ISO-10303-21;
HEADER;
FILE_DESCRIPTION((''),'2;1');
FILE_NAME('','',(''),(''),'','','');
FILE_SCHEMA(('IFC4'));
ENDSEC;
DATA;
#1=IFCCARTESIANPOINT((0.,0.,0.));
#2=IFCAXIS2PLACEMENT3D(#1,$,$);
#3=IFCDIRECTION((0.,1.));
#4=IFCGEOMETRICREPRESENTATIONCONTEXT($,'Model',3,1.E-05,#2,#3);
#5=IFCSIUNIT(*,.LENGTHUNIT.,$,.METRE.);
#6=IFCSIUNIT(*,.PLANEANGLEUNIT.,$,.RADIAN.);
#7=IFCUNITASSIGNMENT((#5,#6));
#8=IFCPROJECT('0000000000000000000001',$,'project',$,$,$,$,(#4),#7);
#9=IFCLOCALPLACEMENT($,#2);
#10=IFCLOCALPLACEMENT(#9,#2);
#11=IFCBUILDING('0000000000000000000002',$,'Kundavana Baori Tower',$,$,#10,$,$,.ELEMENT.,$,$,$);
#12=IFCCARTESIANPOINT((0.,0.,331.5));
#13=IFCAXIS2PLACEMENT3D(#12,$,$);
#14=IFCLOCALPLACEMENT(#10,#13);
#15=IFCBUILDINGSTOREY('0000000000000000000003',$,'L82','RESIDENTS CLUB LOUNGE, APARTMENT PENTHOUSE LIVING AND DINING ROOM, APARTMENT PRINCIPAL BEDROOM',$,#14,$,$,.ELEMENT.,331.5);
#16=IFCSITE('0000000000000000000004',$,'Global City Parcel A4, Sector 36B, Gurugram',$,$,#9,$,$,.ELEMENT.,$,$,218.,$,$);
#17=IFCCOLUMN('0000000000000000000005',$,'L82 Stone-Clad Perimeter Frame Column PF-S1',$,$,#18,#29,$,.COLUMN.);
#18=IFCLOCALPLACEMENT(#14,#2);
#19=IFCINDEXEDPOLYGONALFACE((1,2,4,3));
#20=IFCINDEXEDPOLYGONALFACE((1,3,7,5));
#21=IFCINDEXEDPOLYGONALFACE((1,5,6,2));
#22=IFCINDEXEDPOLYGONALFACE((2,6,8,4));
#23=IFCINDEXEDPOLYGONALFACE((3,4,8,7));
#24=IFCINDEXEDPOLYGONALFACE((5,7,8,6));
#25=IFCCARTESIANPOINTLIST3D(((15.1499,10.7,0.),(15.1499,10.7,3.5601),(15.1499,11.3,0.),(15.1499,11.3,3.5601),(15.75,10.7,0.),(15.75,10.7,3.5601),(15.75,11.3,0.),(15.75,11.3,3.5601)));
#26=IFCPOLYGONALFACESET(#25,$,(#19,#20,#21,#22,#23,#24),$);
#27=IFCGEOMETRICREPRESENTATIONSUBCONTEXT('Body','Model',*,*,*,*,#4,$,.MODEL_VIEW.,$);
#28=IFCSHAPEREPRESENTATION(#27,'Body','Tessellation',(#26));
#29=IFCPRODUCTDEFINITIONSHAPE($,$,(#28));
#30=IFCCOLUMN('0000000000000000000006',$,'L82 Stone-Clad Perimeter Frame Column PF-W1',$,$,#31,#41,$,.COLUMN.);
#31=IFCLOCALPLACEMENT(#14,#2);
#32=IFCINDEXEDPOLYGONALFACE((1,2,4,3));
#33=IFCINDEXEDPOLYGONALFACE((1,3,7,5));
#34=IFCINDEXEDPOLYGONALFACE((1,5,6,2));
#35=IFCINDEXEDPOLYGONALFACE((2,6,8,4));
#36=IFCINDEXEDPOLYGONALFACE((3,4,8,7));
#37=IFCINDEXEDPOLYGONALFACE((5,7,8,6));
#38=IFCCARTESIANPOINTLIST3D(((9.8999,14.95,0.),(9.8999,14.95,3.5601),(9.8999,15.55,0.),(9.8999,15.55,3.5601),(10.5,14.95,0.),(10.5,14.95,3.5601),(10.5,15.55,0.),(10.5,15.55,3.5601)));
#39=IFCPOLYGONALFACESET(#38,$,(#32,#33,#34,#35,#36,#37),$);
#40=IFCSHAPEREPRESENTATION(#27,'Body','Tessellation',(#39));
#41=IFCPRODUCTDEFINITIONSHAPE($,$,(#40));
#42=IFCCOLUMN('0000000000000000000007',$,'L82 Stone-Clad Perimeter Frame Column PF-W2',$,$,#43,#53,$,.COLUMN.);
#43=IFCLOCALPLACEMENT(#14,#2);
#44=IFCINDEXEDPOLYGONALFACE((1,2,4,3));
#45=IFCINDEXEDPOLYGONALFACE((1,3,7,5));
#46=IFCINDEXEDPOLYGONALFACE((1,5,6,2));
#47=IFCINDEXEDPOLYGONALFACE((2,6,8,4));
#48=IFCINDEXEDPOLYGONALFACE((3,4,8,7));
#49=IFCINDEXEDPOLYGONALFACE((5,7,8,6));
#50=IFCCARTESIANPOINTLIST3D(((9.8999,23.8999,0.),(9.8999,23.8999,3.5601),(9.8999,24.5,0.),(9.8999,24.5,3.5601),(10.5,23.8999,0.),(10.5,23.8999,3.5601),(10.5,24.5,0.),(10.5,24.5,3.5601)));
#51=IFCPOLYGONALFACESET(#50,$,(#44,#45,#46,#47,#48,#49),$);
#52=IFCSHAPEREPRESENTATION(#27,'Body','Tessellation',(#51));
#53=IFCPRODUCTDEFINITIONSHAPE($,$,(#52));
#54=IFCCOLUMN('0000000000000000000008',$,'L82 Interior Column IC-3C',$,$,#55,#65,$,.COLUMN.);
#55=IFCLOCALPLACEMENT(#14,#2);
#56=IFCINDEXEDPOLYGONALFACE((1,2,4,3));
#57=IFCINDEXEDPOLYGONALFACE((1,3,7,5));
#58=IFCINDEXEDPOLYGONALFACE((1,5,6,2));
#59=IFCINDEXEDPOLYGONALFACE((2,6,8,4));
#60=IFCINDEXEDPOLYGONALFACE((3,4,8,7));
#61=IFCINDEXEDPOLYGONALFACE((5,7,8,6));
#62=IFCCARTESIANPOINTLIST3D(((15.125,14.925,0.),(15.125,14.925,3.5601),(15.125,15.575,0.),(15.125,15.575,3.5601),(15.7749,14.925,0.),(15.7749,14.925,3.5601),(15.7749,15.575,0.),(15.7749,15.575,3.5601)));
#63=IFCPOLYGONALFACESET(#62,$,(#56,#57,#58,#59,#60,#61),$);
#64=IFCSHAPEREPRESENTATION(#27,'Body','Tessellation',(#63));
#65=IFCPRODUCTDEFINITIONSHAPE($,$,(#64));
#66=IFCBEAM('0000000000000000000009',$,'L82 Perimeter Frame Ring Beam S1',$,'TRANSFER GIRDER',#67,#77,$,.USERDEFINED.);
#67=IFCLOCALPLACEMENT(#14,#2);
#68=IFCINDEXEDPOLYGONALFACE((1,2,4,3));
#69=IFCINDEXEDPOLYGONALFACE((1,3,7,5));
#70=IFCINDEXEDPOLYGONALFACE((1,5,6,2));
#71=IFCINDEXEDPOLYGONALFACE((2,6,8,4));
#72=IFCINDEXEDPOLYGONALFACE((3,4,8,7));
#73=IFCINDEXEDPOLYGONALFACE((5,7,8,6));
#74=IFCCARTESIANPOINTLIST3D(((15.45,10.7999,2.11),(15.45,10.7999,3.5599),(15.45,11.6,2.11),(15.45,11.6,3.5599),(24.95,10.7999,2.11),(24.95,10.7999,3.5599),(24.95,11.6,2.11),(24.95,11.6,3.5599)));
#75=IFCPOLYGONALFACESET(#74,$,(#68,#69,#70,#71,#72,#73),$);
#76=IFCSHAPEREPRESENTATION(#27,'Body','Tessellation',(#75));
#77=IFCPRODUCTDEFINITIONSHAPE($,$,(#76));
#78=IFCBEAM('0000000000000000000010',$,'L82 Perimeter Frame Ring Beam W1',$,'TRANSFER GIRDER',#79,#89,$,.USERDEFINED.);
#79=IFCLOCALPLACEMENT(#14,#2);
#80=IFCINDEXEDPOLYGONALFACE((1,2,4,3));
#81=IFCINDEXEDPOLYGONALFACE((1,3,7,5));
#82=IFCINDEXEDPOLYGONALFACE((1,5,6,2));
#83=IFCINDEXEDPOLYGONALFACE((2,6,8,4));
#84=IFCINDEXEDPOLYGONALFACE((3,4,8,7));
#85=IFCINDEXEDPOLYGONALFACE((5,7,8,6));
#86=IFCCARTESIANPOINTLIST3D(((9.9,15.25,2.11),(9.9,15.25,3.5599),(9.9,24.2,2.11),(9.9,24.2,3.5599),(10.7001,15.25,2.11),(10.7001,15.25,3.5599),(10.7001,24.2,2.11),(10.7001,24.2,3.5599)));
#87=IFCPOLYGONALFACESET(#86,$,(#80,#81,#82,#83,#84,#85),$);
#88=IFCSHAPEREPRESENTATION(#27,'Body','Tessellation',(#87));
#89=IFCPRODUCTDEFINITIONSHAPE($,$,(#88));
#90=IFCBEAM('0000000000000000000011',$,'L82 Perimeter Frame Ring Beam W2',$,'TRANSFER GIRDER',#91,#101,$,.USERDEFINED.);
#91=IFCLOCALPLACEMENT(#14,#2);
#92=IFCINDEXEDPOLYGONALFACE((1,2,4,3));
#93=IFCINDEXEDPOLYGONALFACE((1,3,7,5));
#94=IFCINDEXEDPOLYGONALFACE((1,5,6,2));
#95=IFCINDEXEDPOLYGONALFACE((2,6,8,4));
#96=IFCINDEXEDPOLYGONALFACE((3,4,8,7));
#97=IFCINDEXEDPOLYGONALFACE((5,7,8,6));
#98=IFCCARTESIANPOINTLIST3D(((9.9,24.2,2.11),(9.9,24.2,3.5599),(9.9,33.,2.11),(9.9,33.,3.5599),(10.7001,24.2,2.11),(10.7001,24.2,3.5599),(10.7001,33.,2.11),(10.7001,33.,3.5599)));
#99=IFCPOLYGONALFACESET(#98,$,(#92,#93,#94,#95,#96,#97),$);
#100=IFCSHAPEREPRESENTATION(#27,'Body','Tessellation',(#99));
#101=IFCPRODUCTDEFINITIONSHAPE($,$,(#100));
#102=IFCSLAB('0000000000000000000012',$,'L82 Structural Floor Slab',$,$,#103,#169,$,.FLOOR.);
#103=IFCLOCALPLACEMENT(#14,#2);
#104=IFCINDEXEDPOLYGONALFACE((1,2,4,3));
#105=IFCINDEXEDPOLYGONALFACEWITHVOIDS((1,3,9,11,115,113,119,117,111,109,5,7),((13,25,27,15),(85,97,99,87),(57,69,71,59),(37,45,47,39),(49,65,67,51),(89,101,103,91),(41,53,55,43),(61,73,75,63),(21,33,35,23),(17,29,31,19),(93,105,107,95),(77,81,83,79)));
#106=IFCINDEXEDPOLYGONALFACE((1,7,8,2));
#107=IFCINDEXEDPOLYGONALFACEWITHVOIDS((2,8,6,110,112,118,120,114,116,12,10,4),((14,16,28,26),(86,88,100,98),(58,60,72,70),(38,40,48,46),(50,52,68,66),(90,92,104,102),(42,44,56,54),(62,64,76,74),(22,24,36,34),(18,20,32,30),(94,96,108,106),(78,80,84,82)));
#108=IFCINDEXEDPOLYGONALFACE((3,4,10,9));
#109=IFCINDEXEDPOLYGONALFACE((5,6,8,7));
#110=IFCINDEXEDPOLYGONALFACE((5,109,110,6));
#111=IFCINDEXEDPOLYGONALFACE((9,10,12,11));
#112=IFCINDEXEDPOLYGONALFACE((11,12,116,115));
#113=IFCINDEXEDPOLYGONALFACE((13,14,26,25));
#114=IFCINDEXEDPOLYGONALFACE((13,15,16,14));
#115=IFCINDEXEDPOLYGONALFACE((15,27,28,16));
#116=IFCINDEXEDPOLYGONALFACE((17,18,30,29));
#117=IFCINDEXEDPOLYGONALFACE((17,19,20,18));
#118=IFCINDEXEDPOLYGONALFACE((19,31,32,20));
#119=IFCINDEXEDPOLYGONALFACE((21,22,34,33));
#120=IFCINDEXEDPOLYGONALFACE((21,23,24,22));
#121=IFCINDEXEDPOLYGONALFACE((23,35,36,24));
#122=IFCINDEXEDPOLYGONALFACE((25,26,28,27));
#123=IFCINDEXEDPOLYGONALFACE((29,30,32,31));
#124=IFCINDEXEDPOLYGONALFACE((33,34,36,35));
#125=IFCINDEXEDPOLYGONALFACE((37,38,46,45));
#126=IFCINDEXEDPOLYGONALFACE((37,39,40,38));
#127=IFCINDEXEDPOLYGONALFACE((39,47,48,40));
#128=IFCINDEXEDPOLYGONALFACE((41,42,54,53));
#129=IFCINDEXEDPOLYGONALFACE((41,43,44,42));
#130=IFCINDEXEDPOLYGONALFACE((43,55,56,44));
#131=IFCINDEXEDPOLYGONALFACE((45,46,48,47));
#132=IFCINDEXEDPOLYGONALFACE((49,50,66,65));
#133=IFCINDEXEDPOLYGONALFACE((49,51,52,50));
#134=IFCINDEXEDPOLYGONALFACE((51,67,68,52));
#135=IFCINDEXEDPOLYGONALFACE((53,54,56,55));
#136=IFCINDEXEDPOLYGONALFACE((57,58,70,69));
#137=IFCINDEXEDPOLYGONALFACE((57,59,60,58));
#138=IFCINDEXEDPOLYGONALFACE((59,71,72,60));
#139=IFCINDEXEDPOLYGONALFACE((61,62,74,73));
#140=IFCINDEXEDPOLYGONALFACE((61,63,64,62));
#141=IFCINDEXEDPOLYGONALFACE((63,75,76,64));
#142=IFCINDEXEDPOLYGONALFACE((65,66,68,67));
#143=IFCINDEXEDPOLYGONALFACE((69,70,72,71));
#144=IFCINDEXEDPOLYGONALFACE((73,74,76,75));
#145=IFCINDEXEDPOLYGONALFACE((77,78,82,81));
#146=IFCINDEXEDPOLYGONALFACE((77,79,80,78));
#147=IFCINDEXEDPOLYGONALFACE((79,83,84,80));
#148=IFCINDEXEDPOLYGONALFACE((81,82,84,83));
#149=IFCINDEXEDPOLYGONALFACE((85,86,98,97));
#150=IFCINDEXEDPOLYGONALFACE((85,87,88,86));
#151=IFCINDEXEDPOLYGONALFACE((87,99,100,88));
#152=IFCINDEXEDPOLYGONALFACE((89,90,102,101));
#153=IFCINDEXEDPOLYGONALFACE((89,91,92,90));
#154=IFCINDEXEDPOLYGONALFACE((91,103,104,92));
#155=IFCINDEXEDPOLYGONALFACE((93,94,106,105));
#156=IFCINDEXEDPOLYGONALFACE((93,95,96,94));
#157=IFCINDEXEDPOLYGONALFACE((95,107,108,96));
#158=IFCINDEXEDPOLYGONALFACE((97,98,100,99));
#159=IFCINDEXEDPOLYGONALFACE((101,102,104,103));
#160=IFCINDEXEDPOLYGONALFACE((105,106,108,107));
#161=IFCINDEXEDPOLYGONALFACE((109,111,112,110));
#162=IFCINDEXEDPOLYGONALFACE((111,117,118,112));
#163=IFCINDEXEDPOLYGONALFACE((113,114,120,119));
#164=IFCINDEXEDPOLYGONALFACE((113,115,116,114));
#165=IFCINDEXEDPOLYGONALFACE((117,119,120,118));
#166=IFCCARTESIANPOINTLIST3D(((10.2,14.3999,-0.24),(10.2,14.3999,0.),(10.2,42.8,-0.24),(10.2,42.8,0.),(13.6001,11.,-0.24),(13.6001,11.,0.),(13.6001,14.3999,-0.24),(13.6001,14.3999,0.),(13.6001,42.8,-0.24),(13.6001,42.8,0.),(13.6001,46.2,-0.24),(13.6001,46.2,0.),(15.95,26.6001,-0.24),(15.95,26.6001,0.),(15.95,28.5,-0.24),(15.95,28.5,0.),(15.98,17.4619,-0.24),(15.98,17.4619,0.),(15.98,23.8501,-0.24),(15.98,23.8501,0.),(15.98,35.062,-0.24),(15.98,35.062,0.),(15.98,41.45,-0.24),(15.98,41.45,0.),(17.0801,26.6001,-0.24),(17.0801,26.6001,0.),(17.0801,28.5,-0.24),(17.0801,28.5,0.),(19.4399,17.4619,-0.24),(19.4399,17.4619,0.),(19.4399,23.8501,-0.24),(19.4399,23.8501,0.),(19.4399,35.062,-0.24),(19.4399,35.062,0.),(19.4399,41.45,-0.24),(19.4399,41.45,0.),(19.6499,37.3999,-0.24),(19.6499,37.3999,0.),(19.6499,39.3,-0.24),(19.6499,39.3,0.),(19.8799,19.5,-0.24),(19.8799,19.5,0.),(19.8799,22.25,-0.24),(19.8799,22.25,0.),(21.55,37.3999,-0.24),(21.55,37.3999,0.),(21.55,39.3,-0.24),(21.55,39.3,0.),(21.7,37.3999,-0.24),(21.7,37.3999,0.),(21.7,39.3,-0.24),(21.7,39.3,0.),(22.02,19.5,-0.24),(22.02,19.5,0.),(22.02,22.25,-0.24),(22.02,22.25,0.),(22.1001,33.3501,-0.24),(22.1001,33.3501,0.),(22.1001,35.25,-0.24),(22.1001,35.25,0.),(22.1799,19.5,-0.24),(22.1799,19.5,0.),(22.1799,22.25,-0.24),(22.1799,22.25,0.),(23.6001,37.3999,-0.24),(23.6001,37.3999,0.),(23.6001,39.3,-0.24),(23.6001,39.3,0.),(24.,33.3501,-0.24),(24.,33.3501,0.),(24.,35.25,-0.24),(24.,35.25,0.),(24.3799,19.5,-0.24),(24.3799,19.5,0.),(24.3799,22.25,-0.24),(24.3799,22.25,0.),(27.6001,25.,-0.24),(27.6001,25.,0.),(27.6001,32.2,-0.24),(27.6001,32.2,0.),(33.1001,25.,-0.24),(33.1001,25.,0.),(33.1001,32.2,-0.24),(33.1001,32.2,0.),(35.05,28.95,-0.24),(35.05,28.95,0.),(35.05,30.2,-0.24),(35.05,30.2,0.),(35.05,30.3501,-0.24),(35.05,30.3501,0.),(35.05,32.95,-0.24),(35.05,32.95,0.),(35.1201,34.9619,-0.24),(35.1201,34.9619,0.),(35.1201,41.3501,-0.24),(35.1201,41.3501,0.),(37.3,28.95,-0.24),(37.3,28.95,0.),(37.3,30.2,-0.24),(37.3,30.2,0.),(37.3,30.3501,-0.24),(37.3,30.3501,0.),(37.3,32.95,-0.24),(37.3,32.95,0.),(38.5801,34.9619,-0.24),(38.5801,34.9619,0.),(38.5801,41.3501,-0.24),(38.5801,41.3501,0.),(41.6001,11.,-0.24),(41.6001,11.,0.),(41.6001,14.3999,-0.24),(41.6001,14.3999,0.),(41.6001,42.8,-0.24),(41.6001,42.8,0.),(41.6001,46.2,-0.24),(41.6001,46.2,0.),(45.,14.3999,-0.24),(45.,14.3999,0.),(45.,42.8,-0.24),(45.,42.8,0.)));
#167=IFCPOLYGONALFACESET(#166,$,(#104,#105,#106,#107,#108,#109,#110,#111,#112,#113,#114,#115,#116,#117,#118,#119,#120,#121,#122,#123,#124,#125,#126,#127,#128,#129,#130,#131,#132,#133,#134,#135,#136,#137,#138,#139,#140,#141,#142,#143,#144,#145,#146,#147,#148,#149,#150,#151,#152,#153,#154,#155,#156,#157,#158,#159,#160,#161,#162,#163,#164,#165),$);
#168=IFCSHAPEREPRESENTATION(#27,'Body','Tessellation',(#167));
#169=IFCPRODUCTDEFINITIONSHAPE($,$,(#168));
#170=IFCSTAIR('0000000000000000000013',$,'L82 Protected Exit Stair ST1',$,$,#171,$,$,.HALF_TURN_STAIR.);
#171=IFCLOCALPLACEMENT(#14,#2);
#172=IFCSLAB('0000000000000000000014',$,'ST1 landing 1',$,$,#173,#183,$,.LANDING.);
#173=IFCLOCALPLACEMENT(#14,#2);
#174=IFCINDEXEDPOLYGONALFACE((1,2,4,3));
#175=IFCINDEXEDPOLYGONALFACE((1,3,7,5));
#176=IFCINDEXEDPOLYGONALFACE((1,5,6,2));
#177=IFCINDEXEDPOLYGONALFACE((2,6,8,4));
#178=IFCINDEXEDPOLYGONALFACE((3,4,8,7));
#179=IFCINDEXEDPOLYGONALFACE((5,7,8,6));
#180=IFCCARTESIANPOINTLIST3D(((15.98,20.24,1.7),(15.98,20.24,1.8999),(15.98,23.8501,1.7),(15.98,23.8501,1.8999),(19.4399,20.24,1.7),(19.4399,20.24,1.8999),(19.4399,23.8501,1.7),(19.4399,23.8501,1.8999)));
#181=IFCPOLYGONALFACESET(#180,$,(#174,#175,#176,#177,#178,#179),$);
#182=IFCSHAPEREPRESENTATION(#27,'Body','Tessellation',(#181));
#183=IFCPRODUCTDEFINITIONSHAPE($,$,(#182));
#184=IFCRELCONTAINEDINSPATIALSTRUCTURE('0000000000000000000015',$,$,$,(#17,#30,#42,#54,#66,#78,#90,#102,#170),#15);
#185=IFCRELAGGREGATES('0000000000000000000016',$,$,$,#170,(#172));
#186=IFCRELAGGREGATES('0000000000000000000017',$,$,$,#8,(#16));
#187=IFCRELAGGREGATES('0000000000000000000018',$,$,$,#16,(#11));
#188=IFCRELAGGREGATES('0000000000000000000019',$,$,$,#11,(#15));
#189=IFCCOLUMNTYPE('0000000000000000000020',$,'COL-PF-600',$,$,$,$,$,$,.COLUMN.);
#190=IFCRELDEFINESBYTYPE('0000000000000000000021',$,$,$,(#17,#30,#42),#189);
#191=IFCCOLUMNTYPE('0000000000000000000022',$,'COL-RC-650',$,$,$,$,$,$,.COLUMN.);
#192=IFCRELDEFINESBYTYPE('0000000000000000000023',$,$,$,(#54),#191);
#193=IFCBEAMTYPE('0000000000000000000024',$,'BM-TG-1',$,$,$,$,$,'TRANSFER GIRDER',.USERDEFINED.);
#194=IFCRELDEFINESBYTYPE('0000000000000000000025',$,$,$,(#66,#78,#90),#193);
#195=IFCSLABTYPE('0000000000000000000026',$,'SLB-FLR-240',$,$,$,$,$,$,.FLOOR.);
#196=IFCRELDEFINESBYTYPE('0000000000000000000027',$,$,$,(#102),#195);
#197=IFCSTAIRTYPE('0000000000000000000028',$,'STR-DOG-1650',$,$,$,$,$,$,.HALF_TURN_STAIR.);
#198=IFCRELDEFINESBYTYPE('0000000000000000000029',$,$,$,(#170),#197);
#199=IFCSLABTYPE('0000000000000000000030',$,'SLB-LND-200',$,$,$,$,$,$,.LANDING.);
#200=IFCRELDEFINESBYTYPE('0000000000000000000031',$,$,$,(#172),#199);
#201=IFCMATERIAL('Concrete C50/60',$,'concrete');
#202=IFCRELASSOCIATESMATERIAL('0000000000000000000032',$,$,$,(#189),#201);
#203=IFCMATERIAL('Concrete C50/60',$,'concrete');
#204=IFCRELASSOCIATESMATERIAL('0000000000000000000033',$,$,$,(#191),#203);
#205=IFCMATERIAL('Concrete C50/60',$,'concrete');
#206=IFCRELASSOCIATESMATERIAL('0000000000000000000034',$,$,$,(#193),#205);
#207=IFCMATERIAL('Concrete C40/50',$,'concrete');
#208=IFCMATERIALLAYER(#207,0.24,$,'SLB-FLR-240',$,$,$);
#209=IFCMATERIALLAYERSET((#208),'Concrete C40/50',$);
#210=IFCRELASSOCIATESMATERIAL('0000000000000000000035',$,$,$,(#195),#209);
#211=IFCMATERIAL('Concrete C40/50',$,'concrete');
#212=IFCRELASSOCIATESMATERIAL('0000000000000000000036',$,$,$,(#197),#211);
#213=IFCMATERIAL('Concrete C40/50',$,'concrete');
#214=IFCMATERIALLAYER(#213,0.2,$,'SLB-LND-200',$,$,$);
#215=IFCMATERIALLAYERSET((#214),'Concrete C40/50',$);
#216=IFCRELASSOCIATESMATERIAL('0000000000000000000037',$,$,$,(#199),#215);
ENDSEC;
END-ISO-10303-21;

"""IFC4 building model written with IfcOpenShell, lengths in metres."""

from ifc_helpers import new_model, si_unit, direction, frame, origin, origin_2d, place, context, subcontext, project, spatial, polyline, rectangle, outline, extrude, material, layer, layer_set, material_profile, profile_set, type_object, element, aggregate, save


model = new_model("IFC4")

# Units and contexts
model_context = context("Model", 3, precision=1e-05, world=origin(), true_north=direction((0.0, 1.0)))
body_context = subcontext(model_context, "Body", "Model", "MODEL_VIEW")
ifc_project = project(units=[si_unit("LENGTHUNIT", "METRE"), si_unit("PLANEANGLEUNIT", "RADIAN")], contexts=[model_context])

# Site, building, storey
site_placement = place(None, origin())
site = spatial("IfcSite", under=ifc_project, at=site_placement, Name="Global City Parcel A4, Sector 36B, Gurugram", CompositionType="ELEMENT", RefElevation=218.0)
building_placement = place(site_placement, origin())
building = spatial("IfcBuilding", under=site, at=building_placement, Name="Kundavana Baori Tower", CompositionType="ELEMENT")
storey_placement = place(building_placement, frame((0.0, 0.0, 331.5)))
storey = spatial("IfcBuildingStorey", under=building, at=storey_placement, Name="L82", Description="RESIDENTS CLUB LOUNGE, APARTMENT PENTHOUSE LIVING AND DINING ROOM, APARTMENT PRINCIPAL BEDROOM", CompositionType="ELEMENT", Elevation=331.5)

# Columns
ifc_material_1 = material(Name="Concrete C50/60", Category="concrete")
ifc_material_profile_1 = material_profile(ifc_material_1, rectangle(XDim=0.6001, YDim=0.6001, at=origin_2d()), Name="RC PF 600x600")
ifc_profile_set_1 = profile_set([ifc_material_profile_1], Name="Concrete C50/60")
column_type_1 = type_object("IfcColumnType", Name="COL-PF-600", PredefinedType="COLUMN", material=ifc_profile_set_1)
for number, where, z_axis, x_axis, name in (
    (1, (15.45, 11.0, 0.0), (0.0, 0.0, 1.0), (1.0, 0.0, 0.0), "L82 Stone-Clad Perimeter Frame Column PF-S1"),
    (2, (10.2, 15.25, 0.0), (0.0, 0.0, 1.0), (1.0, 0.0, 0.0), "L82 Stone-Clad Perimeter Frame Column PF-W1"),
    (3, (10.2, 24.2, 0.0), (0.0, 0.0, 1.0), (1.0, 0.0, 0.0), "L82 Stone-Clad Perimeter Frame Column PF-W2"),
):
    element("IfcColumn", number, at=place(storey_placement, frame(where, z_axis=z_axis, x_axis=x_axis)), inside=storey, type_object=column_type_1, Name=name, PredefinedType="COLUMN", context=body_context, shape_type="SweptSolid", body=[
        extrude(rectangle(XDim=0.6001, YDim=0.6001, at=origin_2d()), origin(), (0.0, 0.0, 1.0), 3.5601),
    ])
ifc_material_2 = material(Name="Concrete C50/60", Category="concrete")
ifc_material_profile_2 = material_profile(ifc_material_2, rectangle(XDim=0.6499, YDim=0.6499, at=origin_2d()), Name="RC 650x650")
ifc_profile_set_2 = profile_set([ifc_material_profile_2], Name="Concrete C50/60")
column_type_2 = type_object("IfcColumnType", Name="COL-RC-650", PredefinedType="COLUMN", material=ifc_profile_set_2)
column_placement = place(storey_placement, frame((15.45, 15.25, 0.0), z_axis=(0.0, 0.0, 1.0), x_axis=(1.0, 0.0, 0.0)))
element("IfcColumn", 4, at=column_placement, inside=storey, type_object=column_type_2, Name="L82 Interior Column IC-3C", PredefinedType="COLUMN", context=body_context, shape_type="SweptSolid", body=[
    extrude(rectangle(XDim=0.6499, YDim=0.6499, at=origin_2d()), origin(), (0.0, 0.0, 1.0), 3.5601),
])

# Beams
ifc_material_3 = material(Name="Concrete C50/60", Category="concrete")
ifc_material_profile_3 = material_profile(ifc_material_3, rectangle(XDim=0.8, YDim=1.45, at=origin_2d()), Name="BM-TG-1")
ifc_profile_set_3 = profile_set([ifc_material_profile_3], Name="Concrete C50/60")
beam_type = type_object("IfcBeamType", Name="BM-TG-1", ElementType="TRANSFER GIRDER", PredefinedType="USERDEFINED", material=ifc_profile_set_3)
beam_1_placement = place(storey_placement, frame((15.45, 11.2, 2.835), z_axis=(1.0, 0.0, 0.0), x_axis=(0.0, 1.0, 0.0)))
element("IfcBeam", 5, at=beam_1_placement, inside=storey, type_object=beam_type, Name="L82 Perimeter Frame Ring Beam S1", ObjectType="TRANSFER GIRDER", PredefinedType="USERDEFINED", context=body_context, shape_type="SweptSolid", body=[
    extrude(rectangle(XDim=0.8, YDim=1.45, at=origin_2d()), origin(), (0.0, 0.0, 1.0), 9.5),
])
beam_2_placement = place(storey_placement, frame((10.3, 15.25, 2.835), z_axis=(0.0, 1.0, 0.0), x_axis=(-1.0, 0.0, 0.0)))
element("IfcBeam", 6, at=beam_2_placement, inside=storey, type_object=beam_type, Name="L82 Perimeter Frame Ring Beam W1", ObjectType="TRANSFER GIRDER", PredefinedType="USERDEFINED", context=body_context, shape_type="SweptSolid", body=[
    extrude(rectangle(XDim=0.8, YDim=1.45, at=origin_2d()), origin(), (0.0, 0.0, 1.0), 8.95),
])
beam_3_placement = place(storey_placement, frame((10.3, 24.2, 2.835), z_axis=(0.0, 1.0, 0.0), x_axis=(-1.0, 0.0, 0.0)))
element("IfcBeam", 7, at=beam_3_placement, inside=storey, type_object=beam_type, Name="L82 Perimeter Frame Ring Beam W2", ObjectType="TRANSFER GIRDER", PredefinedType="USERDEFINED", context=body_context, shape_type="SweptSolid", body=[
    extrude(rectangle(XDim=0.8, YDim=1.45, at=origin_2d()), origin(), (0.0, 0.0, 1.0), 8.8),
])

# Slab
ifc_material_4 = material(Name="Concrete C40/50", Category="concrete")
ifc_layer_1 = layer(ifc_material_4, 0.24, Name="SLB-FLR-240")
ifc_layer_set_1 = layer_set([ifc_layer_1], Name="Concrete C40/50")
slab_type_1 = type_object("IfcSlabType", Name="SLB-FLR-240", PredefinedType="FLOOR", material=ifc_layer_set_1)
slab_1_placement = place(storey_placement, frame((0.0, 0.0, -0.24)))
element("IfcSlab", 8, at=slab_1_placement, inside=storey, type_object=slab_type_1, Name="L82 Structural Floor Slab", PredefinedType="FLOOR", context=body_context, shape_type="SweptSolid", body=[
    extrude(outline(polyline([(13.6001, 11.0), (41.6001, 11.0), (41.6001, 14.3999), (45.0, 14.3999), (45.0, 42.8), (41.6001, 42.8), (41.6001, 46.2), (13.6001, 46.2), (13.6001, 42.8), (10.2, 42.8), (10.2, 14.3999), (13.6001, 14.3999), (13.6001, 11.0)]), holes=[polyline([(19.4399, 17.4619), (19.4399, 23.8501), (15.98, 23.8501), (15.98, 17.4619), (19.4399, 17.4619)]), polyline([(19.4399, 35.062), (19.4399, 41.45), (15.98, 41.45), (15.98, 35.062), (19.4399, 35.062)]), polyline([(38.5801, 34.9619), (38.5801, 41.3501), (35.1201, 41.3501), (35.1201, 34.9619), (38.5801, 34.9619)]), polyline([(19.6499, 37.3999), (21.55, 37.3999), (21.55, 39.3), (19.6499, 39.3), (19.6499, 37.3999)]), polyline([(21.7, 37.3999), (23.6001, 37.3999), (23.6001, 39.3), (21.7, 39.3), (21.7, 37.3999)]), polyline([(22.1001, 33.3501), (24.0, 33.3501), (24.0, 35.25), (22.1001, 35.25), (22.1001, 33.3501)]), polyline([(19.8799, 19.5), (22.02, 19.5), (22.02, 22.25), (19.8799, 22.25), (19.8799, 19.5)]), polyline([(22.1799, 19.5), (24.3799, 19.5), (24.3799, 22.25), (22.1799, 22.25), (22.1799, 19.5)]), polyline([(35.05, 30.3501), (37.3, 30.3501), (37.3, 32.95), (35.05, 32.95), (35.05, 30.3501)]), polyline([(15.95, 26.6001), (17.0801, 26.6001), (17.0801, 28.5), (15.95, 28.5), (15.95, 26.6001)]), polyline([(35.05, 28.95), (37.3, 28.95), (37.3, 30.2), (35.05, 30.2), (35.05, 28.95)]), polyline([(27.6001, 25.0), (33.1001, 25.0), (33.1001, 32.2), (27.6001, 32.2), (27.6001, 25.0)])]), origin(), (0.0, 0.0, 1.0), 0.24),
])

# Stair, slab
ifc_material_5 = material(Name="Concrete C40/50", Category="concrete")
stair_type = type_object("IfcStairType", Name="STR-DOG-1650", PredefinedType="HALF_TURN_STAIR", material=ifc_material_5)
stair_1_placement = place(storey_placement, origin())
stair_1 = element("IfcStair", 9, at=stair_1_placement, inside=storey, type_object=stair_type, Name="L82 Protected Exit Stair ST1", PredefinedType="HALF_TURN_STAIR")
ifc_material_6 = material(Name="Concrete C40/50", Category="concrete")
ifc_layer_2 = layer(ifc_material_6, 0.2, Name="SLB-LND-200")
ifc_layer_set_2 = layer_set([ifc_layer_2], Name="Concrete C40/50")
slab_type_2 = type_object("IfcSlabType", Name="SLB-LND-200", PredefinedType="LANDING", material=ifc_layer_set_2)
slab_2_placement = place(storey_placement, frame((0.0, 0.0, 1.7)))
slab_2 = element("IfcSlab", 10, at=slab_2_placement, type_object=slab_type_2, Name="ST1 landing 1", PredefinedType="LANDING", context=body_context, shape_type="SweptSolid", body=[
    extrude(outline(polyline([(19.4399, 20.24), (19.4399, 23.8501), (15.98, 23.8501), (15.98, 20.24), (19.4399, 20.24)])), origin(), (0.0, 0.0, 1.0), 0.2),
])
aggregate(stair_1, [slab_2])

save(model, "model.ifc")
